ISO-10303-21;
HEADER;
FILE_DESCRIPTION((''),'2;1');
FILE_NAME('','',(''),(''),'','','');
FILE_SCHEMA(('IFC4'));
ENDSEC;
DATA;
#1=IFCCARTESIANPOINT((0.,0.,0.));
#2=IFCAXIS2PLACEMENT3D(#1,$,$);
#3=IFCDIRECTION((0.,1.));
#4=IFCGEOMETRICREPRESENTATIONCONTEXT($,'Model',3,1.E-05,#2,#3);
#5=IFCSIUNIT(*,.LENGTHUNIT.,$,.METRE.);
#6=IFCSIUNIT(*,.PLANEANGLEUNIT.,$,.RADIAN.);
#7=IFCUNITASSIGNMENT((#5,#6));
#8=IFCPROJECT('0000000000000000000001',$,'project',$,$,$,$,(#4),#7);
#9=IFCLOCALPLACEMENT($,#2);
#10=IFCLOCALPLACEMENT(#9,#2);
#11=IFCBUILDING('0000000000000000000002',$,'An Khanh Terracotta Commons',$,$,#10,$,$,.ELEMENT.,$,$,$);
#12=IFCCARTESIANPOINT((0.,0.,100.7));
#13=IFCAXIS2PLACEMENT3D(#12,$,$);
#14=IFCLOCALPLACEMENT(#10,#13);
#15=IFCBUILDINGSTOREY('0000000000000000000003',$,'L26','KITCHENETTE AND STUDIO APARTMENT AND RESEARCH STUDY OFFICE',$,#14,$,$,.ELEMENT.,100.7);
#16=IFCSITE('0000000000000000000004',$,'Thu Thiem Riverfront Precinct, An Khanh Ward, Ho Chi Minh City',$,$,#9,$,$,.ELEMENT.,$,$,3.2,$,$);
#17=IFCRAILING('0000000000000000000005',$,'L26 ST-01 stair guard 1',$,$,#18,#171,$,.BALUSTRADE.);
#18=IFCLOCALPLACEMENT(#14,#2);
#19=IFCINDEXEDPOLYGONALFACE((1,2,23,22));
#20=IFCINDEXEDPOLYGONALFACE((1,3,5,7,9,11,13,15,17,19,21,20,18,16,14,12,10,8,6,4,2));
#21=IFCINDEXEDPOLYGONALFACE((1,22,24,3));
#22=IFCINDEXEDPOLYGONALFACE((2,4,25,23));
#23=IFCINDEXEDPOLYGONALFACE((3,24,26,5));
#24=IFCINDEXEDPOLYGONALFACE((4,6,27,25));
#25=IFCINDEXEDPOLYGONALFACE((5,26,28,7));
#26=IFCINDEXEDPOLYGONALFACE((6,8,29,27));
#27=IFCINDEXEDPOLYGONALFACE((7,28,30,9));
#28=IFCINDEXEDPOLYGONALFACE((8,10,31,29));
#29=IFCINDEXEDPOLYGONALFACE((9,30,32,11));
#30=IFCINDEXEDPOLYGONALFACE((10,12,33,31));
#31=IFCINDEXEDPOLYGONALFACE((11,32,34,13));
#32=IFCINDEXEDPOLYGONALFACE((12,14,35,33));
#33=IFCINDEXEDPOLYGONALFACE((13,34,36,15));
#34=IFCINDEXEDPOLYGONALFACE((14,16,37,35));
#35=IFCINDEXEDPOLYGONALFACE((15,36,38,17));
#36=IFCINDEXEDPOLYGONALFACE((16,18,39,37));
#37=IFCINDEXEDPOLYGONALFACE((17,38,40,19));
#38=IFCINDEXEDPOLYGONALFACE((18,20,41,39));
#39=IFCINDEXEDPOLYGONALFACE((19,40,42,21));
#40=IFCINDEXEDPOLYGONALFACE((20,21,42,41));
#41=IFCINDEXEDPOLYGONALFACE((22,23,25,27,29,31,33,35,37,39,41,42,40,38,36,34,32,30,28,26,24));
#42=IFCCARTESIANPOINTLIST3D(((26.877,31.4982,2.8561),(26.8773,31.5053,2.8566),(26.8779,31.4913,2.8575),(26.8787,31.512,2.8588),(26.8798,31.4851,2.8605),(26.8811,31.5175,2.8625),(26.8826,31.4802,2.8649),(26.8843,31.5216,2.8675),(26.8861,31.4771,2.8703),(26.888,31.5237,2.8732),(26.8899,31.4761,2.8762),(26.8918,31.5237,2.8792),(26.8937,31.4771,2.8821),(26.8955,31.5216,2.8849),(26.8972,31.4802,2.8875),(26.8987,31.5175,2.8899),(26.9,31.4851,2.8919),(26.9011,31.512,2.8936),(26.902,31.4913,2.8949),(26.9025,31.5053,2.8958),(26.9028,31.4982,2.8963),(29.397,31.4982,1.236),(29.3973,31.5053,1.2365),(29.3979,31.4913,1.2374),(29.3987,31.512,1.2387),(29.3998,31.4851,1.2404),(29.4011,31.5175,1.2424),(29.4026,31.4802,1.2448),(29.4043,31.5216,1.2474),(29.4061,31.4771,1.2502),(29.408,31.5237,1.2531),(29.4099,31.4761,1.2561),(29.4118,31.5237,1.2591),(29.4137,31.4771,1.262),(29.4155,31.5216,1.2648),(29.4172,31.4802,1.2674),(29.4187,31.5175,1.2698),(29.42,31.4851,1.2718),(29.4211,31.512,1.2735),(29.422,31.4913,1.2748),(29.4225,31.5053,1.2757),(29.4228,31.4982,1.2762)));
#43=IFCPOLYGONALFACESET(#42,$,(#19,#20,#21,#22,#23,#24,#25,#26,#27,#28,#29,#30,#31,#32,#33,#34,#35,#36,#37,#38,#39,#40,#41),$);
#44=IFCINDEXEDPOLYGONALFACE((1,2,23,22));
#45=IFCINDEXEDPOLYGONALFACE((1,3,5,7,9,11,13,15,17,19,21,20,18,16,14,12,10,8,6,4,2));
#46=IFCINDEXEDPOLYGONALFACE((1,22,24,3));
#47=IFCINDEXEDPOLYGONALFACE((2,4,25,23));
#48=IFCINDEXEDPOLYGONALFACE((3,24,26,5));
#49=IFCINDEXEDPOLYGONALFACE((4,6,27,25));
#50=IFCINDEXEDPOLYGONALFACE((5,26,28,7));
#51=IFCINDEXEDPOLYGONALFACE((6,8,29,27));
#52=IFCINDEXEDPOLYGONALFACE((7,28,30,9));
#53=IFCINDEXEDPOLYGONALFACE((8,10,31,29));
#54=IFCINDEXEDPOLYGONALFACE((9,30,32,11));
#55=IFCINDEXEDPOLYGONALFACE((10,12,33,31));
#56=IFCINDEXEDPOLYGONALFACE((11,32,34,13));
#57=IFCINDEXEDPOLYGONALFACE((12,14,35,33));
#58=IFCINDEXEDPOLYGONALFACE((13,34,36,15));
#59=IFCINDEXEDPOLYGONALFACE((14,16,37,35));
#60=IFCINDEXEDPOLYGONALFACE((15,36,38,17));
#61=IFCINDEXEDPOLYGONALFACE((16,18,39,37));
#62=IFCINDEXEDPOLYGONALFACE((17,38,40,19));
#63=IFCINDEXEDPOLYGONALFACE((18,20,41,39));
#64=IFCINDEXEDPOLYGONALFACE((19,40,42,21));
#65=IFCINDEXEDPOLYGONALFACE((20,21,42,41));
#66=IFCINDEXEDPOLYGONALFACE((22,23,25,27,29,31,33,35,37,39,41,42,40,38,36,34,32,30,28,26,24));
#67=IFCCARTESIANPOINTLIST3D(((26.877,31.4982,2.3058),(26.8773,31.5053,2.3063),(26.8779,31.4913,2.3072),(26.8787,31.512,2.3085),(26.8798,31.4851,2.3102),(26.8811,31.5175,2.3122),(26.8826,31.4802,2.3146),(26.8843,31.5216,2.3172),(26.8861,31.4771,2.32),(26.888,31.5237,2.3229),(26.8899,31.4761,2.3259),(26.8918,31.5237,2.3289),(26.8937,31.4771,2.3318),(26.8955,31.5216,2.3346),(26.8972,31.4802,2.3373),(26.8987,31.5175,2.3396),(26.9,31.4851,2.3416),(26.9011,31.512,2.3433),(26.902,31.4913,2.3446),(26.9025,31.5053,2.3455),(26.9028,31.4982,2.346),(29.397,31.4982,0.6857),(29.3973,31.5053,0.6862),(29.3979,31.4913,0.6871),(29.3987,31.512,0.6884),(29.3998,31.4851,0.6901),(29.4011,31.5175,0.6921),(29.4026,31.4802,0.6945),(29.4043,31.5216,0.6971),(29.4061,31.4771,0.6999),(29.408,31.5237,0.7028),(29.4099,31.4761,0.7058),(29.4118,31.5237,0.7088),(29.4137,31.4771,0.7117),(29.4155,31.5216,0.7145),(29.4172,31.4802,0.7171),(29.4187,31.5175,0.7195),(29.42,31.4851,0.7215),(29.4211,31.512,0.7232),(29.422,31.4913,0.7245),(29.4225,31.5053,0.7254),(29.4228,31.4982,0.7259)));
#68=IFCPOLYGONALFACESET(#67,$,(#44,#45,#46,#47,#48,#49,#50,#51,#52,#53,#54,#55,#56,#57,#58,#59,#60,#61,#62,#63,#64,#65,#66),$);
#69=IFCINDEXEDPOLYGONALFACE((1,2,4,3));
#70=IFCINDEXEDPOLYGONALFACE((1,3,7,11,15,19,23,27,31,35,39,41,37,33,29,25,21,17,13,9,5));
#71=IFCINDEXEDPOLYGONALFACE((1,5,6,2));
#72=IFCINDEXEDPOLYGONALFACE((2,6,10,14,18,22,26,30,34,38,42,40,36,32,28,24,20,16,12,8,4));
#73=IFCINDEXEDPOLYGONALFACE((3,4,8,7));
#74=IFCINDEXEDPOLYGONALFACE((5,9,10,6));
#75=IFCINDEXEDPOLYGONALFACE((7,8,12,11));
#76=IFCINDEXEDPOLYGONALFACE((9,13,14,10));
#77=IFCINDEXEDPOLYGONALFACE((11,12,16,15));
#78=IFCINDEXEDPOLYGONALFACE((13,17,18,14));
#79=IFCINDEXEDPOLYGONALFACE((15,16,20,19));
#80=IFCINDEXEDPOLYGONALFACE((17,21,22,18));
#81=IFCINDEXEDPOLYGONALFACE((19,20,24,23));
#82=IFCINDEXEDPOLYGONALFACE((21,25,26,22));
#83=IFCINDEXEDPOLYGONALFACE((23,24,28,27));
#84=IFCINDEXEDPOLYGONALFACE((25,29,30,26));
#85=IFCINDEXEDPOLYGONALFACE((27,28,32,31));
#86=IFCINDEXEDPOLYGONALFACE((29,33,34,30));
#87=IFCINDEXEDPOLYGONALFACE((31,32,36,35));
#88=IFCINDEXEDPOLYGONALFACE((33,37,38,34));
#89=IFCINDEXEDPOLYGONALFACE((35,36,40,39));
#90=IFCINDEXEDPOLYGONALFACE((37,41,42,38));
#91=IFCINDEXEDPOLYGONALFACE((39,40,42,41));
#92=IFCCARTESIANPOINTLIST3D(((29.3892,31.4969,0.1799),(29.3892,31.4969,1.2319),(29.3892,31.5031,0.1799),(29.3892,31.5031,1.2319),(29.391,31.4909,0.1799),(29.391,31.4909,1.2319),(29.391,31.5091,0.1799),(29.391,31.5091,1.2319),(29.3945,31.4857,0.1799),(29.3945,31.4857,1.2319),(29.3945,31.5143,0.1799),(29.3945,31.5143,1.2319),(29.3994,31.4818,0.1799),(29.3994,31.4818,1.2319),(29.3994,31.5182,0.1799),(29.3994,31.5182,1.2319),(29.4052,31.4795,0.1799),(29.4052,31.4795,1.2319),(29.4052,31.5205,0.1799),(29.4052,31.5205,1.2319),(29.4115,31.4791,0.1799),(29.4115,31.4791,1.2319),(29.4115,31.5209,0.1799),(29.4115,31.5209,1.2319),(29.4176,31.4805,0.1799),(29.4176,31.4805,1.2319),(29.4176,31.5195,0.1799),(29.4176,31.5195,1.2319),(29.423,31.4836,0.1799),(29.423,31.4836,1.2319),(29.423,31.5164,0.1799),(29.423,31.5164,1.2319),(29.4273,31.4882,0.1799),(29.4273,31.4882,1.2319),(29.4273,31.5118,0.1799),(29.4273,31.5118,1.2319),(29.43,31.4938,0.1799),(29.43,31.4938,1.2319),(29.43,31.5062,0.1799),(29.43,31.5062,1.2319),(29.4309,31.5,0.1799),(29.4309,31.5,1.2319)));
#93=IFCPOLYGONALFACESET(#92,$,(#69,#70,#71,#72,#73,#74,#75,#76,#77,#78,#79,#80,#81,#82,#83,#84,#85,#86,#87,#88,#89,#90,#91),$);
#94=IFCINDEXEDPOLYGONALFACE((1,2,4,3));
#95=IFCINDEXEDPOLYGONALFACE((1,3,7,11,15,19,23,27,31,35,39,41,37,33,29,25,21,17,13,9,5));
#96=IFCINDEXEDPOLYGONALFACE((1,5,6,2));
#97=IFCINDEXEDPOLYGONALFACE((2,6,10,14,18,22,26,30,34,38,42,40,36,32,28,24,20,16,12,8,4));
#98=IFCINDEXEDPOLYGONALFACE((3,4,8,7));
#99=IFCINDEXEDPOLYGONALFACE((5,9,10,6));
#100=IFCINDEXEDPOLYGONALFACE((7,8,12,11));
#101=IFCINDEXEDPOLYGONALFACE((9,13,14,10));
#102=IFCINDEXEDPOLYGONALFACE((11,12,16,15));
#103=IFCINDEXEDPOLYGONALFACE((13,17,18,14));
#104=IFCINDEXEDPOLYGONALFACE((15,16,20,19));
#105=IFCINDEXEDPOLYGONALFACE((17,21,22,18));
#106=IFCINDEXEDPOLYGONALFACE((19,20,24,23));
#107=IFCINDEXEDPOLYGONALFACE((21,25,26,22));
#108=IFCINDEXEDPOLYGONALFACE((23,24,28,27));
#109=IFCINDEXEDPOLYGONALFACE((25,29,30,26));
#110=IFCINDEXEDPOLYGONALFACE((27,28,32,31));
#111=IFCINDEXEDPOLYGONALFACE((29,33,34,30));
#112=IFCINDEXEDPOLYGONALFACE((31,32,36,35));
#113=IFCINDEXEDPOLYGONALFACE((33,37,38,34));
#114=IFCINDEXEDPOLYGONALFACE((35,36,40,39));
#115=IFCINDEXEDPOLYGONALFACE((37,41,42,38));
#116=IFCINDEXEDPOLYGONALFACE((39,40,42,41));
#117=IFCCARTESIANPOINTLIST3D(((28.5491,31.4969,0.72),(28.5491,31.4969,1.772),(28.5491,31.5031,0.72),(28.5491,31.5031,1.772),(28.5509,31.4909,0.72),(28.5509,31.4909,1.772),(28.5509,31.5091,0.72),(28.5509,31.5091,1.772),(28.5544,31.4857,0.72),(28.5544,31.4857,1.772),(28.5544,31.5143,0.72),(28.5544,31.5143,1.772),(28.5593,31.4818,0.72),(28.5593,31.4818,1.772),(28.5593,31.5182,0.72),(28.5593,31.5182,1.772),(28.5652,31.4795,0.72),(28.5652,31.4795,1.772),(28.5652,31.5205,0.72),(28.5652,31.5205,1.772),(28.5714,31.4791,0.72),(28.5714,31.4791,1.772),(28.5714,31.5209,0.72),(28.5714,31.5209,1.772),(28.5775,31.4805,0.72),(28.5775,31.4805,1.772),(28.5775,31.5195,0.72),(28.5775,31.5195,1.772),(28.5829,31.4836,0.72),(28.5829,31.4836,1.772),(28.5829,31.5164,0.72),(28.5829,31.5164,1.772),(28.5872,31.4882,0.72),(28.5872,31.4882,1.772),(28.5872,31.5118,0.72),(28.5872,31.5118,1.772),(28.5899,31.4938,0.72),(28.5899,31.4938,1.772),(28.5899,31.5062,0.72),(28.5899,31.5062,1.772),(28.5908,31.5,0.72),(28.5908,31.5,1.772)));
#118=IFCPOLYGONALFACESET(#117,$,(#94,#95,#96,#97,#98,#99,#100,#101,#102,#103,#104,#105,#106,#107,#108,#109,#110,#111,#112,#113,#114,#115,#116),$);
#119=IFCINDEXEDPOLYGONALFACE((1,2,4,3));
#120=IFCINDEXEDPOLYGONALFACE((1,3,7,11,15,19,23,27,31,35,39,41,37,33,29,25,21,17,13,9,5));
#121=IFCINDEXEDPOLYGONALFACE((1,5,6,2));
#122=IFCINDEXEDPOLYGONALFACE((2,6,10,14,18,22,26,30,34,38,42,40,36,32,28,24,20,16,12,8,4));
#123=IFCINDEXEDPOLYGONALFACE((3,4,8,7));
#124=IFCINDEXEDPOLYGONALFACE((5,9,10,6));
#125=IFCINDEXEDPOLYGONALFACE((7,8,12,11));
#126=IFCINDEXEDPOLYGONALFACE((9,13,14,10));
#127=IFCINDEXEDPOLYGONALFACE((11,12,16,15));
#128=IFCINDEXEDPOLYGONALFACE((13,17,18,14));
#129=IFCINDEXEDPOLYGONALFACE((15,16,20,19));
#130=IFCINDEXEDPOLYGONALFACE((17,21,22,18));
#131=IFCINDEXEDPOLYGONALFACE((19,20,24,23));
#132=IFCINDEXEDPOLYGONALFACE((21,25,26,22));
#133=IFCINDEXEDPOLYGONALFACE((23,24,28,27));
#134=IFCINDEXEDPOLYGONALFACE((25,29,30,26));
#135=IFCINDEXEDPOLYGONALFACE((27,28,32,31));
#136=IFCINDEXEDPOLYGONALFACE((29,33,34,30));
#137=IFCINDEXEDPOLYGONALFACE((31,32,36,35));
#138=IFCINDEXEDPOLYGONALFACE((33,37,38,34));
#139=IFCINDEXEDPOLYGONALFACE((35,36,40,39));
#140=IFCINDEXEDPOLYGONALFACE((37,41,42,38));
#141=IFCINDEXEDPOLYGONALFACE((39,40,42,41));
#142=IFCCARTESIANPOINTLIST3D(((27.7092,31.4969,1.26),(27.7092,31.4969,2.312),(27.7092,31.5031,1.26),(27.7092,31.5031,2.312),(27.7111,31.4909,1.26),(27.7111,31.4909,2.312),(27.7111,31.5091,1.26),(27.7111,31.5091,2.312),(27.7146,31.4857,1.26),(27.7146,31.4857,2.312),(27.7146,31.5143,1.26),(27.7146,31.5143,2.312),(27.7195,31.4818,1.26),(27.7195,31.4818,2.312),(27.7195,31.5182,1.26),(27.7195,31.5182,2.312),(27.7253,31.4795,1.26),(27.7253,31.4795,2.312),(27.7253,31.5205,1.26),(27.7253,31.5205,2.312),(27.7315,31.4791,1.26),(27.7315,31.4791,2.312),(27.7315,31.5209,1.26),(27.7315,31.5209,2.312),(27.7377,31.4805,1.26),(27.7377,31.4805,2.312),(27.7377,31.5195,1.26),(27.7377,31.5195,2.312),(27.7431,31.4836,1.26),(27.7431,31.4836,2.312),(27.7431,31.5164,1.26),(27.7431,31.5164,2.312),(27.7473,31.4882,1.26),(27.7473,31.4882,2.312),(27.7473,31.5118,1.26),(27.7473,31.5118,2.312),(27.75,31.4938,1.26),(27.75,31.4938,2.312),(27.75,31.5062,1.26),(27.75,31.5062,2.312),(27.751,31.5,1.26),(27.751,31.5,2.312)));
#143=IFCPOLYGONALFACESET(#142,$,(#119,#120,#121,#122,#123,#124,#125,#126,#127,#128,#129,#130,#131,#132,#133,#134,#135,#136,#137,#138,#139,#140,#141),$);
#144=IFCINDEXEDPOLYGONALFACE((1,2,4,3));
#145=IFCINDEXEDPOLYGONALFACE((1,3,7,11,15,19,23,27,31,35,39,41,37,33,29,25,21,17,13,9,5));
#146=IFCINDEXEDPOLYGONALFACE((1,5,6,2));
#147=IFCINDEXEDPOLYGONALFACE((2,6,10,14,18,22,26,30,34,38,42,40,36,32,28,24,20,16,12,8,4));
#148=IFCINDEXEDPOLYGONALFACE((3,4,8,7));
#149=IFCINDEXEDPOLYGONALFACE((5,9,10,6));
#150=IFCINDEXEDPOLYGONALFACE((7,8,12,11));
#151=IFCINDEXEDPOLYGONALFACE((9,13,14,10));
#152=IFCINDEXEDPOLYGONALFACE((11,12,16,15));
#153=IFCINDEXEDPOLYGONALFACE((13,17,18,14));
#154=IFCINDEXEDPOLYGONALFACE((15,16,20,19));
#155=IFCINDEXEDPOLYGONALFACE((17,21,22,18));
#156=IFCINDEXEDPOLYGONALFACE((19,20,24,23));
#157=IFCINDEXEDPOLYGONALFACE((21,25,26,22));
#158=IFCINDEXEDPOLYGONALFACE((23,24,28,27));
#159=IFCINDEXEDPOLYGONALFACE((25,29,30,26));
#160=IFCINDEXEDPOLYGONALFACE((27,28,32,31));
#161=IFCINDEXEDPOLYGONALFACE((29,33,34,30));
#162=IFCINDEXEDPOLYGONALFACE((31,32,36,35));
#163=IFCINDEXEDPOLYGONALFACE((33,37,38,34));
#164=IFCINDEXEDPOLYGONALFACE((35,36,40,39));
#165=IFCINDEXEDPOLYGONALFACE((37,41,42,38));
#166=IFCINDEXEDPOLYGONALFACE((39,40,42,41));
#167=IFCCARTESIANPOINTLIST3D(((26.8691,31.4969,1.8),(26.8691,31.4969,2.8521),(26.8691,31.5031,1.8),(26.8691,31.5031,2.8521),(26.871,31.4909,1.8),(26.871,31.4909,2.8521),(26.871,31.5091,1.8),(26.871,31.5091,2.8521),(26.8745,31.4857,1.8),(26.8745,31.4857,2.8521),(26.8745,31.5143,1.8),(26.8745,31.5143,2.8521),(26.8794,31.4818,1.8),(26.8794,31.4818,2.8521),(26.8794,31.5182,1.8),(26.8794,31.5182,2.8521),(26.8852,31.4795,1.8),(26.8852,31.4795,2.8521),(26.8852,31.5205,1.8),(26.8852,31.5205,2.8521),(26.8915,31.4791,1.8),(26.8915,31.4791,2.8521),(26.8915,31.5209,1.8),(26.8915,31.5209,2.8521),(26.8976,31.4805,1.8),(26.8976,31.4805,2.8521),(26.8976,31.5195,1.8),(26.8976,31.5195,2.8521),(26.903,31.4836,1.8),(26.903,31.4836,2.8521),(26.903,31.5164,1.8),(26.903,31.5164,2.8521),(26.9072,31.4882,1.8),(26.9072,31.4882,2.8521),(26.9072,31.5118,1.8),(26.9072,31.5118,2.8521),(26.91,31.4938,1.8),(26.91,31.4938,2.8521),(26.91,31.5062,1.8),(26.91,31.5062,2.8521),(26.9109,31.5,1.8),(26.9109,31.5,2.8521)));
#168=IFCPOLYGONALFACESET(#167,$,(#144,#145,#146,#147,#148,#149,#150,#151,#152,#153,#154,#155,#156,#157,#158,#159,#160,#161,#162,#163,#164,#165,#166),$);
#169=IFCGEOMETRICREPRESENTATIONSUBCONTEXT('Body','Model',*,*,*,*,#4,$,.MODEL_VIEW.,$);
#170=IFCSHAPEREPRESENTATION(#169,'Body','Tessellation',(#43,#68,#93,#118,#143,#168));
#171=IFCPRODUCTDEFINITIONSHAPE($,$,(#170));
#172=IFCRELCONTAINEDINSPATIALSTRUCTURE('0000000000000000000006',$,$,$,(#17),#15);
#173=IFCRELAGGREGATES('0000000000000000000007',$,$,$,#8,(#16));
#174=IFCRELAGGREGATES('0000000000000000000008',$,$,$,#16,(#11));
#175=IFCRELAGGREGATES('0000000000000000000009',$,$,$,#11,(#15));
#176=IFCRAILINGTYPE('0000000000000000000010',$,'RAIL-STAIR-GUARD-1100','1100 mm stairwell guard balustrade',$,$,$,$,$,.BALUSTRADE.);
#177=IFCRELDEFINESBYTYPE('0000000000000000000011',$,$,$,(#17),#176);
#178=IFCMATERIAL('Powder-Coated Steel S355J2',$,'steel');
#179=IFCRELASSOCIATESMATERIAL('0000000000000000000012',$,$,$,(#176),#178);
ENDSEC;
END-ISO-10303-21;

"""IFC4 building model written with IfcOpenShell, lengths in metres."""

from ifc_helpers import new_model, si_unit, direction, frame, origin, origin_2d, place, context, subcontext, project, spatial, circle, extrude, material, type_object, element, save


model = new_model("IFC4")

# Units and contexts
model_context = context("Model", 3, precision=1e-05, world=origin(), true_north=direction((0.0, 1.0)))
body_context = subcontext(model_context, "Body", "Model", "MODEL_VIEW")
ifc_project = project(units=[si_unit("LENGTHUNIT", "METRE"), si_unit("PLANEANGLEUNIT", "RADIAN")], contexts=[model_context])

# Site, building, storey
site_placement = place(None, origin())
site = spatial("IfcSite", under=ifc_project, at=site_placement, Name="Thu Thiem Riverfront Precinct, An Khanh Ward, Ho Chi Minh City", CompositionType="ELEMENT", RefElevation=3.2)
building_placement = place(site_placement, origin())
building = spatial("IfcBuilding", under=site, at=building_placement, Name="An Khanh Terracotta Commons", CompositionType="ELEMENT")
storey_placement = place(building_placement, frame((0.0, 0.0, 100.7)))
storey = spatial("IfcBuildingStorey", under=building, at=storey_placement, Name="L26", Description="KITCHENETTE AND STUDIO APARTMENT AND RESEARCH STUDY OFFICE", CompositionType="ELEMENT", Elevation=100.7)

# Railing
ifc_material_1 = material(Name="Powder-Coated Steel S355J2", Category="steel")
railing_type_1 = type_object("IfcRailingType", Name="RAIL-STAIR-GUARD-1100", Description="1100 mm stairwell guard balustrade", PredefinedType="BALUSTRADE", material=ifc_material_1)
railing_1_placement = place(storey_placement, frame((29.4099, 31.5, 0.1799)))
element("IfcRailing", 1, at=railing_1_placement, inside=storey, type_object=railing_type_1, Name="L26 ST-01 stair guard 1", PredefinedType="BALUSTRADE", context=body_context, shape_type="SweptSolid", body=[
    extrude(circle(Radius=0.0239, at=origin_2d()), frame((0.0, 0.0, 1.0762), z_axis=(-0.841163, 0.0, 0.540782), x_axis=(0.0, -1.0, 0.0)), (0.0, 0.0, 1.0), 2.9958),
    extrude(circle(Radius=0.0239, at=origin_2d()), frame((0.0, 0.0, 0.5259), z_axis=(-0.841163, 0.0, 0.540782), x_axis=(0.0, -1.0, 0.0)), (0.0, 0.0, 1.0), 2.9958),
    extrude(circle(Radius=0.021, at=origin_2d()), origin(), (0.0, 0.0, 1.0), 1.052),
    extrude(circle(Radius=0.021, at=origin_2d()), frame((-0.8401, 0.0, 0.54)), (0.0, 0.0, 1.0), 1.052),
    extrude(circle(Radius=0.021, at=origin_2d()), frame((-1.6799, 0.0, 1.0801)), (0.0, 0.0, 1.0), 1.052),
    extrude(circle(Radius=0.021, at=origin_2d()), frame((-2.52, 0.0, 1.6201)), (0.0, 0.0, 1.0), 1.052),
])

save(model, "model.ifc")
